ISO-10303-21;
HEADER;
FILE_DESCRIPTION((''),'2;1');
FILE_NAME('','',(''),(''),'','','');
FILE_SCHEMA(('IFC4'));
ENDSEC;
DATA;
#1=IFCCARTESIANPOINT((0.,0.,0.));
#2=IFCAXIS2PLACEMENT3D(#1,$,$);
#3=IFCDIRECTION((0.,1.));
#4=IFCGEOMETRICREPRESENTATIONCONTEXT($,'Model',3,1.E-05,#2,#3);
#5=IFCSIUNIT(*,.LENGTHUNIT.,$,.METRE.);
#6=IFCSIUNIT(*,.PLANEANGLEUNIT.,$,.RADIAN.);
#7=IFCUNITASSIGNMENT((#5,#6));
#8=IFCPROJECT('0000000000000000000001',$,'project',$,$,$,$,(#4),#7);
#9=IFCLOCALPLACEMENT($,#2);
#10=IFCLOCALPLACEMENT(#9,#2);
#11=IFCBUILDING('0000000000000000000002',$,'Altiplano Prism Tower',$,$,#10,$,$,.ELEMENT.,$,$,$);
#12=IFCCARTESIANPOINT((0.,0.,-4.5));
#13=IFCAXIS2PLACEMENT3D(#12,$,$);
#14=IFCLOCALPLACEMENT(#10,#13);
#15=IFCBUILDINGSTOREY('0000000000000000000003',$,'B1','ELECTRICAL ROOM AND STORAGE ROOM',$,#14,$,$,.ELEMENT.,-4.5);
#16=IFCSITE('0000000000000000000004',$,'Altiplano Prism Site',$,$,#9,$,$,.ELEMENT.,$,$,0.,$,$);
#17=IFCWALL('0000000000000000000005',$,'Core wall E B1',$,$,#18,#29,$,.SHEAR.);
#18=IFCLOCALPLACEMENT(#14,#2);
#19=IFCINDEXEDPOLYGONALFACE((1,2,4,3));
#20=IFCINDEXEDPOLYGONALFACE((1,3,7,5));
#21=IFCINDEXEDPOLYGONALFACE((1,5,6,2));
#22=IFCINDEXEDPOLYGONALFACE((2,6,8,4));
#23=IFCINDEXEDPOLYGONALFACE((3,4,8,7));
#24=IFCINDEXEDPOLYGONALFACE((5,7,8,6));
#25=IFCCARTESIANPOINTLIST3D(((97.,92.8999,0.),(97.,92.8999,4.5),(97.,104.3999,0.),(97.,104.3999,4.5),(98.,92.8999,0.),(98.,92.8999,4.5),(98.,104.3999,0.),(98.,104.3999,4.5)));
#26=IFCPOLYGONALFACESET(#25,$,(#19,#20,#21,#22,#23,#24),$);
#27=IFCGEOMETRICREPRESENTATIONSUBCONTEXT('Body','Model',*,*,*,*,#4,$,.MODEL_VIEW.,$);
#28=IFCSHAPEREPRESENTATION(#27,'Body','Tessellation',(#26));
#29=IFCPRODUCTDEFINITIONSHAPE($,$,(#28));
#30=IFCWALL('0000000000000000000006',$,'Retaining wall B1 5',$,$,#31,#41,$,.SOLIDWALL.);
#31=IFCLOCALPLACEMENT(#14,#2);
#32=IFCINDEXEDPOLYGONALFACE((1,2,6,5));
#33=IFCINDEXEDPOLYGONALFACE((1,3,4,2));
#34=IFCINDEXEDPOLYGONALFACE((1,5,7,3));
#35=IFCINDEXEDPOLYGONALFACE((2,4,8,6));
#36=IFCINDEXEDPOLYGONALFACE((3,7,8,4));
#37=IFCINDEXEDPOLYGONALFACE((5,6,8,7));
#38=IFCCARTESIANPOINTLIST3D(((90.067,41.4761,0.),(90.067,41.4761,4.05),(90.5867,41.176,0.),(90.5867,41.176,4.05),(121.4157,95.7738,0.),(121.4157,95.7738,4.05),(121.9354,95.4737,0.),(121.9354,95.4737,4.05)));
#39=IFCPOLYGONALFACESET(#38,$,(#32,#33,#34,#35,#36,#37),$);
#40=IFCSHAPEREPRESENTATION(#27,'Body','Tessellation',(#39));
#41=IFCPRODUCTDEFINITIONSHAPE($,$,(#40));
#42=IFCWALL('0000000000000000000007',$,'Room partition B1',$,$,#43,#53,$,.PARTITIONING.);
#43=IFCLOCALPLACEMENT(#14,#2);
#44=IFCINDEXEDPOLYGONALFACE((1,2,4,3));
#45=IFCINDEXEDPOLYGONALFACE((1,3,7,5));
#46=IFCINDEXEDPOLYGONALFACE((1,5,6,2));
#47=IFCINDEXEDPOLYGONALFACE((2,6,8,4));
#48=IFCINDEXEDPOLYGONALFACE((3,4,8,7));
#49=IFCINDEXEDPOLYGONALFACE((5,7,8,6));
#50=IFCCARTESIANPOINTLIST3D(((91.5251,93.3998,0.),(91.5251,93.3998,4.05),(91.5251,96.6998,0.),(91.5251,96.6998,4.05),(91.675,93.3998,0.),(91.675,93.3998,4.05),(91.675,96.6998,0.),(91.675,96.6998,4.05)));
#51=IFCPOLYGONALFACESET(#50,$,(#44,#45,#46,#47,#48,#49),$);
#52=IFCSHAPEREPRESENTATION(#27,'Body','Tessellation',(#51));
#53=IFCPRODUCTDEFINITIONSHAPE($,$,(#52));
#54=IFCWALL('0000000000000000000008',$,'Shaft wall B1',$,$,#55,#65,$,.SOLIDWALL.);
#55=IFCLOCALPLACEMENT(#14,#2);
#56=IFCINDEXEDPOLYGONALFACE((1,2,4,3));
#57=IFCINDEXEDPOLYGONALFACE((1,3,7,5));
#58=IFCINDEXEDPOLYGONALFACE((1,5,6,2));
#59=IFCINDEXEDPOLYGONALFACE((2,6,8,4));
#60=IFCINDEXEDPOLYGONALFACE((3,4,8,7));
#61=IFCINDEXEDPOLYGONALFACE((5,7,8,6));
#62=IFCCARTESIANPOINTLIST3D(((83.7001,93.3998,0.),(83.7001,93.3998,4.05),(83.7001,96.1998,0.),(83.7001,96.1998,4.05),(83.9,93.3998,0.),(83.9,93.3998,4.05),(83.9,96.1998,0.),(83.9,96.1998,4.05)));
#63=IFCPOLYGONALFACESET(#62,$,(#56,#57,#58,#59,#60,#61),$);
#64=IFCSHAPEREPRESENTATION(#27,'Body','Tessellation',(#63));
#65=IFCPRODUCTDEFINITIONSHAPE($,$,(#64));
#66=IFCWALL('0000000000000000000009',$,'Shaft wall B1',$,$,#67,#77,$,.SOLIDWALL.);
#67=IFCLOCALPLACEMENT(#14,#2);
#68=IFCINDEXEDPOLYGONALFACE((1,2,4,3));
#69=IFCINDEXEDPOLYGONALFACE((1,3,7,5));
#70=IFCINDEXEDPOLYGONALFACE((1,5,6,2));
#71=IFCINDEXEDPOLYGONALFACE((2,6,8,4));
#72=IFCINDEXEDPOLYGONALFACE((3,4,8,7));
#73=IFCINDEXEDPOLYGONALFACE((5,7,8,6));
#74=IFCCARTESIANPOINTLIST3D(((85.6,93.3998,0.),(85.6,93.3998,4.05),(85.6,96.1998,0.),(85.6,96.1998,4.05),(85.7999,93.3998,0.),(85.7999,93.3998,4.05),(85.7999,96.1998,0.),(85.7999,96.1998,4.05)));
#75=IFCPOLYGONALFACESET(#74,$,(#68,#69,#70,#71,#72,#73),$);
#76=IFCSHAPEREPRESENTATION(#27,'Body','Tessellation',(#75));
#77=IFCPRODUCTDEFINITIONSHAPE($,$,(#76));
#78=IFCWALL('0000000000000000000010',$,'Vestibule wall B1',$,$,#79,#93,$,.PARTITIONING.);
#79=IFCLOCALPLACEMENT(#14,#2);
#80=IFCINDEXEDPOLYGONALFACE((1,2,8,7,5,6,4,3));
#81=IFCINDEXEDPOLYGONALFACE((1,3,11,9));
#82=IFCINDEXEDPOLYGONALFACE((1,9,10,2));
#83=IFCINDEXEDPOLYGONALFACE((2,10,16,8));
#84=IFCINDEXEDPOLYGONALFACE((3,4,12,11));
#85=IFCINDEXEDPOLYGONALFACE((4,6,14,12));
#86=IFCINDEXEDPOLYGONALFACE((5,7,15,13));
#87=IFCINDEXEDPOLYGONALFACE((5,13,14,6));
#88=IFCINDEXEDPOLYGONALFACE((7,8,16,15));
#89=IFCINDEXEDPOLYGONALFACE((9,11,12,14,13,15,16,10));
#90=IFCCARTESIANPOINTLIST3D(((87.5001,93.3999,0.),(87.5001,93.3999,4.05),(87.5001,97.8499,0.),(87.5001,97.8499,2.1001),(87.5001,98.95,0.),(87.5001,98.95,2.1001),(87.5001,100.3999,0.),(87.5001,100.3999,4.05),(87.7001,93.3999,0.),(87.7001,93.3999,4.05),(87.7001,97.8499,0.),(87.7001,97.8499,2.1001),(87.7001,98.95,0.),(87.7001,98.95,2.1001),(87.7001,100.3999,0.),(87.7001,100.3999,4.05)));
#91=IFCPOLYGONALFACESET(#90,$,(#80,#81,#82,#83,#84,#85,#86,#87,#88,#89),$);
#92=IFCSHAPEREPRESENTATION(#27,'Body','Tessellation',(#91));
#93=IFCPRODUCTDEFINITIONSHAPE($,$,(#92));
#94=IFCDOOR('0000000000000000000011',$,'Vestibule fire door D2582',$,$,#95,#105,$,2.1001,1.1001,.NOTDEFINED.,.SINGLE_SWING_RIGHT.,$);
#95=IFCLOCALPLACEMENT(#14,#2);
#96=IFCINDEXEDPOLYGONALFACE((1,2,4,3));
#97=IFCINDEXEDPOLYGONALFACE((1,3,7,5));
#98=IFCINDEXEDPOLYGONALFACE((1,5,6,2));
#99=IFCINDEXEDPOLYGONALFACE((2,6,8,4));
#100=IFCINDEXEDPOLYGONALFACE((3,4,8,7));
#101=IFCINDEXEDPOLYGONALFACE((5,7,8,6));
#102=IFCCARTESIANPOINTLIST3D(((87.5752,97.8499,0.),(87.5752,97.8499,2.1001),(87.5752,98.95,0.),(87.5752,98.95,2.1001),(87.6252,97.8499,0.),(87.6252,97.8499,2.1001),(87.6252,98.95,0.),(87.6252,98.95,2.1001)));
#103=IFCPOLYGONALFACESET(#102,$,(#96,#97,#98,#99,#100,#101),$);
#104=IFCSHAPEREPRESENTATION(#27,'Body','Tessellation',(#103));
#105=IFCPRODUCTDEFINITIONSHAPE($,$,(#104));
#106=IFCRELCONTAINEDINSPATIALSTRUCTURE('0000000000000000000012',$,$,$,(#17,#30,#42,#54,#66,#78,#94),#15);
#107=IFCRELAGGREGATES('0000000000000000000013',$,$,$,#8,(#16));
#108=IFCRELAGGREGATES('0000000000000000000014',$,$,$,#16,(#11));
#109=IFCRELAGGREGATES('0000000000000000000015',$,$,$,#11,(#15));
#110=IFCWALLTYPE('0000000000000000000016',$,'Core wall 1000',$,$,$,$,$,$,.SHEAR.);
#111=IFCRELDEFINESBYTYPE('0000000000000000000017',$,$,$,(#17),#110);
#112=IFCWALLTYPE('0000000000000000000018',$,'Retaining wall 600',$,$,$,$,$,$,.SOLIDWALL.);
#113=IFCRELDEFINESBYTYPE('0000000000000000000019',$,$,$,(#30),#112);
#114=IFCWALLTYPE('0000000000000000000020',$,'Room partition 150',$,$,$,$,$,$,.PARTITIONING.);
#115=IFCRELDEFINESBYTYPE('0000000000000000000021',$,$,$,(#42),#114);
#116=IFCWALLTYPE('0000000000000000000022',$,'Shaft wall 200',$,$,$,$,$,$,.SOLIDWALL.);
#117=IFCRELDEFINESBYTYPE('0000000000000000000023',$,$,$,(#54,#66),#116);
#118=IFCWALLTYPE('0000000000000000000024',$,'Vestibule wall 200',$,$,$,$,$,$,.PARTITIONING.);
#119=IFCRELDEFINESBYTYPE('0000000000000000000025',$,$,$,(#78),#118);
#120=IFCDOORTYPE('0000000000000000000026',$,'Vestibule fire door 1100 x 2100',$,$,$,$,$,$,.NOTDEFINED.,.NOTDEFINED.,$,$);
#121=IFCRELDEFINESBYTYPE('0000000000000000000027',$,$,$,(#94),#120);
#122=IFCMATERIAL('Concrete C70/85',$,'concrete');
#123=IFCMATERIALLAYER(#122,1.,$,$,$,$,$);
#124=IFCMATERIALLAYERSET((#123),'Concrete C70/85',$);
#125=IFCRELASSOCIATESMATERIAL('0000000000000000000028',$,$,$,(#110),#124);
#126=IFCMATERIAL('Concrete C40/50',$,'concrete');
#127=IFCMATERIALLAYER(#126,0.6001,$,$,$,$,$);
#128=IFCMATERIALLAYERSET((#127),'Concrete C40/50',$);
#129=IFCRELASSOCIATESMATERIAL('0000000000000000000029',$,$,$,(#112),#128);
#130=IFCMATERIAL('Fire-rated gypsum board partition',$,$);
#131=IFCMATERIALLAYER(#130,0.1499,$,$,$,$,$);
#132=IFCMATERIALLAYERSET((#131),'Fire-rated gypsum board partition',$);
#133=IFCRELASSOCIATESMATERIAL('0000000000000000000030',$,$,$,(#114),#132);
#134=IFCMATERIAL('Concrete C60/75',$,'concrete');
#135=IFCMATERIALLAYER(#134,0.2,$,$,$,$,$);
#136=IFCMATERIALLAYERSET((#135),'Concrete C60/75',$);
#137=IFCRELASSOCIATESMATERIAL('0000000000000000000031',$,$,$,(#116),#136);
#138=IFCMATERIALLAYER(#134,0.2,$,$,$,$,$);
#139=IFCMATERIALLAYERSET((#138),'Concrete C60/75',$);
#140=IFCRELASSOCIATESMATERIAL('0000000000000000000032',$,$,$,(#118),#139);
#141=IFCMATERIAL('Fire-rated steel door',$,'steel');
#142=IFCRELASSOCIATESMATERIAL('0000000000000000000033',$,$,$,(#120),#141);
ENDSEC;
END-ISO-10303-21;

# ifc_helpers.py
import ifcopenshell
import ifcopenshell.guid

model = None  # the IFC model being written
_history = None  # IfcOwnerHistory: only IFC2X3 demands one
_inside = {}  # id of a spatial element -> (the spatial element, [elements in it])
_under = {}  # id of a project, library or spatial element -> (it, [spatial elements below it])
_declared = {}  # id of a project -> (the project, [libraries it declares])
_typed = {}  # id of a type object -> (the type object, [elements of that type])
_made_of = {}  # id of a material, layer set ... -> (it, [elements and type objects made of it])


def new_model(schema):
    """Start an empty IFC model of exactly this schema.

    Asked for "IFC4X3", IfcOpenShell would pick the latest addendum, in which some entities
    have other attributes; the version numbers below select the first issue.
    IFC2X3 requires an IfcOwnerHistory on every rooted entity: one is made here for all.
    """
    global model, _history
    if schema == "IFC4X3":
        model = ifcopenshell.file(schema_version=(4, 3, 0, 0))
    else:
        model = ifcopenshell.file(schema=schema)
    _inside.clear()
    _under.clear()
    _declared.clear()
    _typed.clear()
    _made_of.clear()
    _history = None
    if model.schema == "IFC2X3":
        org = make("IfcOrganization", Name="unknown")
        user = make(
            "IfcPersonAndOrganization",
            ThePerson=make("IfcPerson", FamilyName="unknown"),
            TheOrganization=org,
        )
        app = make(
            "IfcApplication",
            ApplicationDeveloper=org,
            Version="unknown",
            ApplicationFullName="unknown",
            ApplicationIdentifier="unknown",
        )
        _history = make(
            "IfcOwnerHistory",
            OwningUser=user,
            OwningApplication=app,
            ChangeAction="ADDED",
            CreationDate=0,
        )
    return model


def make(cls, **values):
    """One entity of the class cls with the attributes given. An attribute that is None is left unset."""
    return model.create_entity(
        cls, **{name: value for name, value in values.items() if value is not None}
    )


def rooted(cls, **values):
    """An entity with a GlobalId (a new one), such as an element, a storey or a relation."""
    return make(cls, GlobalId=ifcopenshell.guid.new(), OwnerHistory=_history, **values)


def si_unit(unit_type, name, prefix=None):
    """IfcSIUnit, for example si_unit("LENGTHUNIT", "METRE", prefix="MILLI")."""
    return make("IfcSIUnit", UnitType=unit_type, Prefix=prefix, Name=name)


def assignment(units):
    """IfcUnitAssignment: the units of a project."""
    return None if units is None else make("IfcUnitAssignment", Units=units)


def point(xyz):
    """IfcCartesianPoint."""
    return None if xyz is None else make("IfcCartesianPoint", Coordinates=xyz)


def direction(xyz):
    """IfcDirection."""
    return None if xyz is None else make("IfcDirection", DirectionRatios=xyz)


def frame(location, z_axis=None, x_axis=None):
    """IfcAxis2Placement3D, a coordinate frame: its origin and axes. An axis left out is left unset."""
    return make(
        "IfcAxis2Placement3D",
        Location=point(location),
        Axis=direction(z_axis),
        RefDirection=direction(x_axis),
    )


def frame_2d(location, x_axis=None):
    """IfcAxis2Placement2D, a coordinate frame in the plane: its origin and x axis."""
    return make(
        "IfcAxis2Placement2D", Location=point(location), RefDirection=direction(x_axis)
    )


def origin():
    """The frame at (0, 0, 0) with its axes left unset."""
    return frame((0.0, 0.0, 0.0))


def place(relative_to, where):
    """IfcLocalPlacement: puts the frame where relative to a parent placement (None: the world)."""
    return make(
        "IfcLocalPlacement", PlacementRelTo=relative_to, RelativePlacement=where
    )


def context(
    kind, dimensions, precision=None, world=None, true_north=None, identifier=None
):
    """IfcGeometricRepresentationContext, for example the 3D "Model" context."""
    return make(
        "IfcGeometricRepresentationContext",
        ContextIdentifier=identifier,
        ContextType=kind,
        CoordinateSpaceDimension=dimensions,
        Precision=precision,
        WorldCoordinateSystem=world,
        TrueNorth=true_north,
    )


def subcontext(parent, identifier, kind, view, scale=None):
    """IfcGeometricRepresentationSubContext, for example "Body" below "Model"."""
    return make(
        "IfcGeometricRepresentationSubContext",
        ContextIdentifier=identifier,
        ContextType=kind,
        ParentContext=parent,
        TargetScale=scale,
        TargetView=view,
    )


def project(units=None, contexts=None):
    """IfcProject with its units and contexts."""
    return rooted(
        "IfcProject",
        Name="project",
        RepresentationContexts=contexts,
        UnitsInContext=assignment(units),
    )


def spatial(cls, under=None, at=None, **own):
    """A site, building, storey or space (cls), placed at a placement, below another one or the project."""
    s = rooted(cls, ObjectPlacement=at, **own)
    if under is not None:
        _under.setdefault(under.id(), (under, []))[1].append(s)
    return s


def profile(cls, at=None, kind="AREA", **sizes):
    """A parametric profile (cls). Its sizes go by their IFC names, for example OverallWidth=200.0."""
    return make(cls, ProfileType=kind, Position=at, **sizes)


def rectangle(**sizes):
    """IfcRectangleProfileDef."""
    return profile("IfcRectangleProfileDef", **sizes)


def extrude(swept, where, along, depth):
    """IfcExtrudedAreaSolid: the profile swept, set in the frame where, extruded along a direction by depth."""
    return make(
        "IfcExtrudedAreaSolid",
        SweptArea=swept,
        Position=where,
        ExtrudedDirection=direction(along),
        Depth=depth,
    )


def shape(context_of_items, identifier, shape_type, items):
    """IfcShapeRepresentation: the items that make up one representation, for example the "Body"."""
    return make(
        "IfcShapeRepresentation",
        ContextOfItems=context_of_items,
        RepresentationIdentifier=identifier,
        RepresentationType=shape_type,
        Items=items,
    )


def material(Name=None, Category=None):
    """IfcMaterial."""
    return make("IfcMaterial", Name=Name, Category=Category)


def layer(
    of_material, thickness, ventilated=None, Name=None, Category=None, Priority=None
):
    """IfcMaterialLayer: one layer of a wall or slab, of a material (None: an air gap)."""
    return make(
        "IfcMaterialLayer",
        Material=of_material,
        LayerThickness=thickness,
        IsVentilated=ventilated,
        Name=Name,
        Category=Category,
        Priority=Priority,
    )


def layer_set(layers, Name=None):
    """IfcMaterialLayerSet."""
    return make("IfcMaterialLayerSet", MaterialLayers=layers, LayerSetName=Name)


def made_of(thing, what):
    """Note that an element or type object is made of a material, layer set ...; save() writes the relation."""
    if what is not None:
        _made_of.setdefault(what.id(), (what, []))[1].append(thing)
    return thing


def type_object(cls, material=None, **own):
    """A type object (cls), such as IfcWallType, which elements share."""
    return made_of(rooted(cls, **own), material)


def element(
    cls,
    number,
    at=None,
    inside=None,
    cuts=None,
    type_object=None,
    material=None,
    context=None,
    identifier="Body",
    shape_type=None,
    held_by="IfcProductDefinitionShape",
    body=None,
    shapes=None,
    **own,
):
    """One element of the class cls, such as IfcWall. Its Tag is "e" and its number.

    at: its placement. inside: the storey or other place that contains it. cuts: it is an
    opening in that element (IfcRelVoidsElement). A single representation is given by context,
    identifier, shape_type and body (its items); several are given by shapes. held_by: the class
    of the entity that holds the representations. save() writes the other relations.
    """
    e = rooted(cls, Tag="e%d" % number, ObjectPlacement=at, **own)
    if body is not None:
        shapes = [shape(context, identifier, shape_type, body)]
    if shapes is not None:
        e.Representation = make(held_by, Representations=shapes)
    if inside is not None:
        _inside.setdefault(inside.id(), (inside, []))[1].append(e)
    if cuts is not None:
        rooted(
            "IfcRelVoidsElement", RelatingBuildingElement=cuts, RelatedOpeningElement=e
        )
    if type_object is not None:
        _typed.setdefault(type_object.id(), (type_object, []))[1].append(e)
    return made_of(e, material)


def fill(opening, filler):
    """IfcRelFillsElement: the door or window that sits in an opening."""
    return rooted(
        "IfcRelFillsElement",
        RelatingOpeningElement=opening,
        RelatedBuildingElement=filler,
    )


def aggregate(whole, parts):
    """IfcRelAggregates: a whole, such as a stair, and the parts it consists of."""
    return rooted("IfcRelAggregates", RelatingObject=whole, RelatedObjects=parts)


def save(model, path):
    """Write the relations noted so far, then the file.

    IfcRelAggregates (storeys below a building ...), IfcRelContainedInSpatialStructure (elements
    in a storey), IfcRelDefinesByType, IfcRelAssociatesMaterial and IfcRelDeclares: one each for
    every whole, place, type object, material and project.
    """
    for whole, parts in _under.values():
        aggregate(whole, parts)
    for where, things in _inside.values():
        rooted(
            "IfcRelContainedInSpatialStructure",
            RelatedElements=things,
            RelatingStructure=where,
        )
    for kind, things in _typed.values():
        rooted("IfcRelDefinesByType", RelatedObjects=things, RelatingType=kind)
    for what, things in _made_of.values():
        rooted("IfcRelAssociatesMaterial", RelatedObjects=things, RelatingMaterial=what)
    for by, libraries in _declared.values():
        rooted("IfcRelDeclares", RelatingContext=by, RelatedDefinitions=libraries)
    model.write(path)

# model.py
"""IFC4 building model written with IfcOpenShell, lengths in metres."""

from ifc_helpers import new_model, si_unit, direction, frame, frame_2d, origin, place, context, subcontext, project, spatial, rectangle, extrude, material, layer, layer_set, type_object, element, fill, save


model = new_model("IFC4")

# Units and contexts
model_context = context("Model", 3, precision=1e-05, world=origin(), true_north=direction((0.0, 1.0)))
body_context = subcontext(model_context, "Body", "Model", "MODEL_VIEW")
ifc_project = project(units=[si_unit("LENGTHUNIT", "METRE"), si_unit("PLANEANGLEUNIT", "RADIAN")], contexts=[model_context])

# Site, building, storey
site_placement = place(None, origin())
site = spatial("IfcSite", under=ifc_project, at=site_placement, Name="Altiplano Prism Site", CompositionType="ELEMENT", RefElevation=0.0)
building_placement = place(site_placement, origin())
building = spatial("IfcBuilding", under=site, at=building_placement, Name="Altiplano Prism Tower", CompositionType="ELEMENT")
storey_placement = place(building_placement, frame((0.0, 0.0, -4.5)))
storey = spatial("IfcBuildingStorey", under=building, at=storey_placement, Name="B1", Description="ELECTRICAL ROOM AND STORAGE ROOM", CompositionType="ELEMENT", Elevation=-4.5)

# Shared definitions
ifc_material_1 = material(Name="Concrete C60/75", Category="concrete")
ifc_material_2 = material(Name="Concrete C70/85", Category="concrete")

# Walls
ifc_layer_1 = layer(ifc_material_2, 1.0)
ifc_layer_set_1 = layer_set([ifc_layer_1], Name="Concrete C70/85")
wall_type_1 = type_object("IfcWallType", Name="Core wall 1000", PredefinedType="SHEAR", material=ifc_layer_set_1)
wall_1_placement = place(storey_placement, frame((97.5, 92.8999, 0.0), z_axis=(0.0, 0.0, 1.0), x_axis=(0.0, 1.0, 0.0)))
element("IfcWall", 1, at=wall_1_placement, inside=storey, type_object=wall_type_1, Name="Core wall E B1", PredefinedType="SHEAR", context=body_context, shape_type="SweptSolid", body=[
    extrude(rectangle(XDim=11.5, YDim=1.0, at=frame_2d((5.75, 0.0))), origin(), (0.0, 0.0, 1.0), 4.5),
])
ifc_material_3 = material(Name="Concrete C40/50", Category="concrete")
ifc_layer_2 = layer(ifc_material_3, 0.6001)
ifc_layer_set_2 = layer_set([ifc_layer_2], Name="Concrete C40/50")
wall_type_2 = type_object("IfcWallType", Name="Retaining wall 600", PredefinedType="SOLIDWALL", material=ifc_layer_set_2)
wall_2_placement = place(storey_placement, frame((90.3269, 41.3262, 0.0), z_axis=(0.0, 0.0, 1.0), x_axis=(0.499999, 0.866026, 0.0)))
element("IfcWall", 2, at=wall_2_placement, inside=storey, type_object=wall_type_2, Name="Retaining wall B1 5", PredefinedType="SOLIDWALL", context=body_context, shape_type="SweptSolid", body=[
    extrude(rectangle(XDim=62.6975, YDim=0.6001, at=frame_2d((31.3486, 0.0))), origin(), (0.0, 0.0, 1.0), 4.05),
])
ifc_material_4 = material(Name="Fire-rated gypsum board partition")
ifc_layer_3 = layer(ifc_material_4, 0.1499)
ifc_layer_set_3 = layer_set([ifc_layer_3], Name="Fire-rated gypsum board partition")
wall_type_3 = type_object("IfcWallType", Name="Room partition 150", PredefinedType="PARTITIONING", material=ifc_layer_set_3)
wall_3_placement = place(storey_placement, frame((91.6001, 93.3999, 0.0), z_axis=(0.0, 0.0, 1.0), x_axis=(0.0, 1.0, 0.0)))
element("IfcWall", 3, at=wall_3_placement, inside=storey, type_object=wall_type_3, Name="Room partition B1", PredefinedType="PARTITIONING", context=body_context, shape_type="SweptSolid", body=[
    extrude(rectangle(XDim=3.3, YDim=0.1499, at=frame_2d((1.6499, 0.0))), origin(), (0.0, 0.0, 1.0), 4.05),
])
ifc_layer_4 = layer(ifc_material_1, 0.2)
ifc_layer_set_4 = layer_set([ifc_layer_4], Name="Concrete C60/75")
wall_type_4 = type_object("IfcWallType", Name="Shaft wall 200", PredefinedType="SOLIDWALL", material=ifc_layer_set_4)
for number, where, z_axis, x_axis, name in (
    (4, (83.8, 93.3999, 0.0), (0.0, 0.0, 1.0), (0.0, 1.0, 0.0), "Shaft wall B1"),
    (5, (85.7, 93.3999, 0.0), (0.0, 0.0, 1.0), (0.0, 1.0, 0.0), "Shaft wall B1"),
):
    element("IfcWall", number, at=place(storey_placement, frame(where, z_axis=z_axis, x_axis=x_axis)), inside=storey, type_object=wall_type_4, Name=name, PredefinedType="SOLIDWALL", context=body_context, shape_type="SweptSolid", body=[
        extrude(rectangle(XDim=2.8, YDim=0.2, at=frame_2d((1.3999, 0.0))), origin(), (0.0, 0.0, 1.0), 4.05),
    ])

# Wall, opening, door
ifc_layer_5 = layer(ifc_material_1, 0.2)
ifc_layer_set_5 = layer_set([ifc_layer_5], Name="Concrete C60/75")
wall_type_5 = type_object("IfcWallType", Name="Vestibule wall 200", PredefinedType="PARTITIONING", material=ifc_layer_set_5)
wall_4_placement = place(storey_placement, frame((87.6001, 93.3999, 0.0), z_axis=(0.0, 0.0, 1.0), x_axis=(0.0, 1.0, 0.0)))
wall_4 = element("IfcWall", 6, at=wall_4_placement, inside=storey, type_object=wall_type_5, Name="Vestibule wall B1", PredefinedType="PARTITIONING", context=body_context, shape_type="SweptSolid", body=[
    extrude(rectangle(XDim=7.0, YDim=0.2, at=frame_2d((3.5, 0.0))), origin(), (0.0, 0.0, 1.0), 4.05),
])
opening_placement = place(wall_4_placement, frame((4.45, 0.0, 0.0)))
opening = element("IfcOpeningElement", 7, at=opening_placement, cuts=wall_4, PredefinedType="OPENING", context=body_context, shape_type="SweptSolid", body=[
    extrude(rectangle(XDim=1.1001, YDim=2.1001, at=frame_2d((0.55, 1.05))), frame((0.0, 0.1104, 0.0), z_axis=(0.0, -1.0, 0.0), x_axis=(1.0, 0.0, 0.0)), (0.0, 0.0, 1.0), 0.2209),
])
ifc_material_5 = material(Name="Fire-rated steel door", Category="steel")
door_type = type_object("IfcDoorType", Name="Vestibule fire door 1100 x 2100", OperationType="NOTDEFINED", PredefinedType="NOTDEFINED", material=ifc_material_5)
door_placement = place(opening_placement, origin())
door = element("IfcDoor", 8, at=door_placement, inside=storey, type_object=door_type, Name="Vestibule fire door D2582", OperationType="SINGLE_SWING_RIGHT", OverallHeight=2.1001, OverallWidth=1.1001, PredefinedType="NOTDEFINED", context=body_context, shape_type="SweptSolid", body=[
    extrude(rectangle(XDim=1.1001, YDim=2.1001, at=frame_2d((0.55, 1.05))), frame((0.0, 0.0249, 0.0), z_axis=(0.0, -1.0, 0.0), x_axis=(1.0, 0.0, 0.0)), (0.0, 0.0, 1.0), 0.05),
])
fill(opening, door)

save(model, "model.ifc")
